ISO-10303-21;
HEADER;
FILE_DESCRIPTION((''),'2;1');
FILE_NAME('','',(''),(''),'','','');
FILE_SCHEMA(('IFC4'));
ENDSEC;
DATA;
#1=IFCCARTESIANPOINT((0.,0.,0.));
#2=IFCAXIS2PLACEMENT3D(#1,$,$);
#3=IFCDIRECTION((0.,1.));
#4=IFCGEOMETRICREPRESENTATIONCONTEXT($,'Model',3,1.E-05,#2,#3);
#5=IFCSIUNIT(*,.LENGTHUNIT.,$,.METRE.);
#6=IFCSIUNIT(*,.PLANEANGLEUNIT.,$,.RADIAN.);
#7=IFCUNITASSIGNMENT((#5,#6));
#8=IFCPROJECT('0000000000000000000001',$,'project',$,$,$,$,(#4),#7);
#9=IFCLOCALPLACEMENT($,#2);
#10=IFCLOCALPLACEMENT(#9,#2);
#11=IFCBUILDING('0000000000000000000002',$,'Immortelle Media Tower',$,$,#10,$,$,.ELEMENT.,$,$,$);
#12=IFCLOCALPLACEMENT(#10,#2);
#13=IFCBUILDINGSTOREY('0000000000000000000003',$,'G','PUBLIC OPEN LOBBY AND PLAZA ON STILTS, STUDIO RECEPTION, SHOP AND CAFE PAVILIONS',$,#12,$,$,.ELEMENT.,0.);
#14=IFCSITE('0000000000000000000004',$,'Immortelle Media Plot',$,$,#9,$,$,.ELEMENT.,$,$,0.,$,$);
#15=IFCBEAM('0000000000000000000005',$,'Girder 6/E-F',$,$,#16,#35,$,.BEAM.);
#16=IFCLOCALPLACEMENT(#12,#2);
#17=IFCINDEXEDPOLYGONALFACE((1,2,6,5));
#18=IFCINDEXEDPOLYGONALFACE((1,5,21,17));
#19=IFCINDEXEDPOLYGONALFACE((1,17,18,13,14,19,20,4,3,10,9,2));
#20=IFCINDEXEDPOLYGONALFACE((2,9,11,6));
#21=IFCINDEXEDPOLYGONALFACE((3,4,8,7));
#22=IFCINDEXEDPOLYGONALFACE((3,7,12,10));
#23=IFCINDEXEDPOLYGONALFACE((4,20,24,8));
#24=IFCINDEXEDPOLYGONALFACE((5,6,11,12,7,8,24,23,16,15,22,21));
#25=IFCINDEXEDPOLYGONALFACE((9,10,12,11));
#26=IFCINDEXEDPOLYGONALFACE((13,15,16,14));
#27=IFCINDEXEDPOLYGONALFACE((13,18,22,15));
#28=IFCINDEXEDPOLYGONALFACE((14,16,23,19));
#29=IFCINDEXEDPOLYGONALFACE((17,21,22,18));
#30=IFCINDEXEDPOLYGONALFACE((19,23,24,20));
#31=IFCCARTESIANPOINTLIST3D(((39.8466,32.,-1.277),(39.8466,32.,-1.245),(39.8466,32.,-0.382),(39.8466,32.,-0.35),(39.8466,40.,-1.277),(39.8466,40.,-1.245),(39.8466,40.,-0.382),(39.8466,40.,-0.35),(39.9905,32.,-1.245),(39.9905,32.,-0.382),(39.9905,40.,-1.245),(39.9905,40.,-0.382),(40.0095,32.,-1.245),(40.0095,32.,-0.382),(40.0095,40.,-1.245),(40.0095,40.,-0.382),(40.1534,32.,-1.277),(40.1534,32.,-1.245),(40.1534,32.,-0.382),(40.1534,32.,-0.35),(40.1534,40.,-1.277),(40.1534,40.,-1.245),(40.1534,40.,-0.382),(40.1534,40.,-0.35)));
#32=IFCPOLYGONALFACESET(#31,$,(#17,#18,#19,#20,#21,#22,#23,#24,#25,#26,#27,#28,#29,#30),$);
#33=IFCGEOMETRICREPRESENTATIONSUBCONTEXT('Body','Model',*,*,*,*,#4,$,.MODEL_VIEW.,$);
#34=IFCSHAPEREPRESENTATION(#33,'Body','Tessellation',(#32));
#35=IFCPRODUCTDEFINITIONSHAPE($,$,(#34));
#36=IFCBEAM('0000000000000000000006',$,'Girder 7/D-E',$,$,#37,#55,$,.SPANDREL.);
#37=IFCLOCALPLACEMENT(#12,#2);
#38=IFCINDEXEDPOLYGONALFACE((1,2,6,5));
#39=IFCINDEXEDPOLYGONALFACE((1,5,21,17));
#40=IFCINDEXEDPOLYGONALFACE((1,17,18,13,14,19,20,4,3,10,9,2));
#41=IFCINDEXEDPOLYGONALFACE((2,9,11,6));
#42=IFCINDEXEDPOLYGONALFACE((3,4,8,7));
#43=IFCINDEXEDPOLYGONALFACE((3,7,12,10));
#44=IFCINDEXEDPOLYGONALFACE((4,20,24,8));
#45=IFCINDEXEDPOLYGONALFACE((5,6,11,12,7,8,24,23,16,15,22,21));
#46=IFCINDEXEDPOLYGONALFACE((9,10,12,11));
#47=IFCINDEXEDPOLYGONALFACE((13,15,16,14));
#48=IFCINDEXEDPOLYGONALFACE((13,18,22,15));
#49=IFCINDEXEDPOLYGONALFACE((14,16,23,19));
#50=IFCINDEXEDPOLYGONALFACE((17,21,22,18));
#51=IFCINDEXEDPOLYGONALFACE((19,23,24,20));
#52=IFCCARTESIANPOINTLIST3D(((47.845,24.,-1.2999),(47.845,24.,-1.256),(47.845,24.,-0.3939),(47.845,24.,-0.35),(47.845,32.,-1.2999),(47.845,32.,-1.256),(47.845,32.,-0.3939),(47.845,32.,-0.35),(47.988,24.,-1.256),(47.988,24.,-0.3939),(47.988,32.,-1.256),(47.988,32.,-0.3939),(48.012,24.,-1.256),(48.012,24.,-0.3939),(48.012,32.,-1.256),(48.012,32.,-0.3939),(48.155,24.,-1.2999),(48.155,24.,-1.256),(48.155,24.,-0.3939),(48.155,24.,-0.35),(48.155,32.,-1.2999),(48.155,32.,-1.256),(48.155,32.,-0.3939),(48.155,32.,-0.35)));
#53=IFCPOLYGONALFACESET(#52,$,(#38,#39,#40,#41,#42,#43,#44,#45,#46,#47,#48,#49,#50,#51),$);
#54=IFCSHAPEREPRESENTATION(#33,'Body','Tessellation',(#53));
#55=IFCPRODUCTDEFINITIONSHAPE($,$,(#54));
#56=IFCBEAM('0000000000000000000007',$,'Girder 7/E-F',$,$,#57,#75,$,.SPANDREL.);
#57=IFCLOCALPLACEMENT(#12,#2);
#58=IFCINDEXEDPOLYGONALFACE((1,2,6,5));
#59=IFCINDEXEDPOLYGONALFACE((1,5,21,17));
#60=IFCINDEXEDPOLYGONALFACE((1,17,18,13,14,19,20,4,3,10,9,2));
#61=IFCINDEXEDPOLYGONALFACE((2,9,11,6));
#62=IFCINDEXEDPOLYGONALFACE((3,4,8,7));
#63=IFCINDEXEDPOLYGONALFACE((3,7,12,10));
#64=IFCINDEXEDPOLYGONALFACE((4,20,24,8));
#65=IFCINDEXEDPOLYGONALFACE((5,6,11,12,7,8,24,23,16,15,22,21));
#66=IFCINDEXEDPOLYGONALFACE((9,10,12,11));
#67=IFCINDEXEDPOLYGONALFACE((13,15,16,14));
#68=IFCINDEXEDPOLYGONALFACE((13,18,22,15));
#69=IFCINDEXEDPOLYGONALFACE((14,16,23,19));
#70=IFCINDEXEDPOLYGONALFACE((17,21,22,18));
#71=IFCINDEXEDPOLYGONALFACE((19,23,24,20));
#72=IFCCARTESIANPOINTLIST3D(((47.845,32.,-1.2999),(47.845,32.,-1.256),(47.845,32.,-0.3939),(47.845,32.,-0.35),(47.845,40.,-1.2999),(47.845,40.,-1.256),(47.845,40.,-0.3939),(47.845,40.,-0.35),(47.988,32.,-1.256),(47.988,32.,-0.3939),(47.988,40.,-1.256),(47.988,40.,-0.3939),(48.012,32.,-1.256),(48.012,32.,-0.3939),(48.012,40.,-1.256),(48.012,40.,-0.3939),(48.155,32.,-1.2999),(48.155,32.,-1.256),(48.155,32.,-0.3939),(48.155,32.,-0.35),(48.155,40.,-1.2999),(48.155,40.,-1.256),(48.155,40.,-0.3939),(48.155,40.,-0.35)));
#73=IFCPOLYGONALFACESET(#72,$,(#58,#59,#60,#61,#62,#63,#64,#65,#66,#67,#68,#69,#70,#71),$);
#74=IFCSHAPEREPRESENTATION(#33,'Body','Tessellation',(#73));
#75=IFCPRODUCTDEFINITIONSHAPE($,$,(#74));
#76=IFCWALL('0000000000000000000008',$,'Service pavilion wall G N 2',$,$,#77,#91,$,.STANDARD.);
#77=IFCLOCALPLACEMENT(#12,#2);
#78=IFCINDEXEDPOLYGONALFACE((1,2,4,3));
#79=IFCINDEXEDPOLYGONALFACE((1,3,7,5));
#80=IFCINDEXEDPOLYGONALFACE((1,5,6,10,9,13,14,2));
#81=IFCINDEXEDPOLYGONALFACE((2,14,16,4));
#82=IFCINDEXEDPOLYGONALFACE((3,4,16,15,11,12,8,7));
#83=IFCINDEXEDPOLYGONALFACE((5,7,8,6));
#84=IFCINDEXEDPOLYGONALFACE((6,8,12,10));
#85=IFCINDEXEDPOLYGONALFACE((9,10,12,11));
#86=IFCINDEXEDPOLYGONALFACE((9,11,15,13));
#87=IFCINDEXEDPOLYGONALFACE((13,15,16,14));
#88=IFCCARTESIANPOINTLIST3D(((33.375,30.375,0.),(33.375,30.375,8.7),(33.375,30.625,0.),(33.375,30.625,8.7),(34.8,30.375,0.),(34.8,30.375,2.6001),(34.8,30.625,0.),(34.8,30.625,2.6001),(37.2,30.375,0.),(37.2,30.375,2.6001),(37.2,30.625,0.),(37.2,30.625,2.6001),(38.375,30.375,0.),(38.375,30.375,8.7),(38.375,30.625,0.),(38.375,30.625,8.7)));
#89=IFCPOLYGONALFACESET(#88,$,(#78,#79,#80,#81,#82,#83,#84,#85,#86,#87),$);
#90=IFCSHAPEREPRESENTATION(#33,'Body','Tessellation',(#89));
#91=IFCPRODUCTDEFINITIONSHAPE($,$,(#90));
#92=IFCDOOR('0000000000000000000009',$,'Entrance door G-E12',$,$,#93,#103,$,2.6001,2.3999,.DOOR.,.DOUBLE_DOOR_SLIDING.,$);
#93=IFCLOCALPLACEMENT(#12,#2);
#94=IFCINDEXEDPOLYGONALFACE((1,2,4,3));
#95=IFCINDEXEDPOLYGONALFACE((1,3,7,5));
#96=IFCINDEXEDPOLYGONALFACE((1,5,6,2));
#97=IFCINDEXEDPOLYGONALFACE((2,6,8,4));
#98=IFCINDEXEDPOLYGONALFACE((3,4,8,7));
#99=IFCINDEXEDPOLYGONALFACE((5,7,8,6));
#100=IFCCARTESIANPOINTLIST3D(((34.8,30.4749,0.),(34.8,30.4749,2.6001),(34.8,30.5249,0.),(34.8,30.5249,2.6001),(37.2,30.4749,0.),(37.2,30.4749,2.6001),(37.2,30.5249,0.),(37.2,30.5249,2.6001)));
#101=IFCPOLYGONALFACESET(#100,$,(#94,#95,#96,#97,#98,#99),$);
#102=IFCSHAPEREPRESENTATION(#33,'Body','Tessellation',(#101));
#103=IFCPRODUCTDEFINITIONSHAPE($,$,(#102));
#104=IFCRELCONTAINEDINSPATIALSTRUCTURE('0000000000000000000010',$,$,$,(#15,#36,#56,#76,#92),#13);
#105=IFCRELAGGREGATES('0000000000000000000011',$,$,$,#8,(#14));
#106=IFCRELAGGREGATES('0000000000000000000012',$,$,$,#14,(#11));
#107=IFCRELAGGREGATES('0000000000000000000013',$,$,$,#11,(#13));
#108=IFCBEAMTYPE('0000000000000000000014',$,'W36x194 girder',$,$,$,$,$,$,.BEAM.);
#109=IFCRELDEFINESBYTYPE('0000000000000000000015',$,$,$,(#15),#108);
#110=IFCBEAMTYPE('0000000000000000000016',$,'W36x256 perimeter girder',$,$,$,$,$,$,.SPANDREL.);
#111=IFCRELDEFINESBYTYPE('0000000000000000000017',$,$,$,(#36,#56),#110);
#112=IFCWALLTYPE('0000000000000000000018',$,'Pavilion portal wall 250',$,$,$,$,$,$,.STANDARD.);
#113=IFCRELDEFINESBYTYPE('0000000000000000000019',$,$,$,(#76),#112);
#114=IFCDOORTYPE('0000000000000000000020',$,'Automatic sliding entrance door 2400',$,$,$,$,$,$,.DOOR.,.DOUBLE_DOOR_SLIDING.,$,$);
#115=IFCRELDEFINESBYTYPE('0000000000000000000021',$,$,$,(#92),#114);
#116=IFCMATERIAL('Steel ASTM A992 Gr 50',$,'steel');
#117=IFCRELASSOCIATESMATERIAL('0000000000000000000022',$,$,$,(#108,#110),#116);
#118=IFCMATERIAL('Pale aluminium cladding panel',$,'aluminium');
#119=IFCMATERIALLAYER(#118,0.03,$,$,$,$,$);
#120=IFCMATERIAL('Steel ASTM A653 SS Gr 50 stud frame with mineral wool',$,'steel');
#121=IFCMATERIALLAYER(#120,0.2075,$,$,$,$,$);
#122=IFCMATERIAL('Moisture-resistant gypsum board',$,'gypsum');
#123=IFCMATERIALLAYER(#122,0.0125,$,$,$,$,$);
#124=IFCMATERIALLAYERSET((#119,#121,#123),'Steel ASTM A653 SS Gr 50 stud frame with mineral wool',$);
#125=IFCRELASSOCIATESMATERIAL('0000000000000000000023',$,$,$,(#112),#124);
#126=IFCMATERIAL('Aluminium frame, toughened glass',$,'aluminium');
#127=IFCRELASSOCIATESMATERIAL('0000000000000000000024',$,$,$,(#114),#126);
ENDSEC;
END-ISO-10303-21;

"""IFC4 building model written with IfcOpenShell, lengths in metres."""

from ifc_helpers import new_model, si_unit, direction, frame, frame_2d, origin, origin_2d, place, context, subcontext, project, spatial, rectangle, i_section, extrude, material, layer, layer_set, material_profile, profile_set, type_object, element, fill, save


model = new_model("IFC4")

# Units and contexts
model_context = context("Model", 3, precision=1e-05, world=origin(), true_north=direction((0.0, 1.0)))
body_context = subcontext(model_context, "Body", "Model", "MODEL_VIEW")
ifc_project = project(units=[si_unit("LENGTHUNIT", "METRE"), si_unit("PLANEANGLEUNIT", "RADIAN")], contexts=[model_context])

# Site, building, storey
site_placement = place(None, origin())
site = spatial("IfcSite", under=ifc_project, at=site_placement, Name="Immortelle Media Plot", CompositionType="ELEMENT", RefElevation=0.0)
building_placement = place(site_placement, origin())
building = spatial("IfcBuilding", under=site, at=building_placement, Name="Immortelle Media Tower", CompositionType="ELEMENT")
storey_placement = place(building_placement, origin())
storey = spatial("IfcBuildingStorey", under=building, at=storey_placement, Name="G", Description="PUBLIC OPEN LOBBY AND PLAZA ON STILTS, STUDIO RECEPTION, SHOP AND CAFE PAVILIONS", CompositionType="ELEMENT", Elevation=0.0)

# Beams
ifc_material_1 = material(Name="Steel ASTM A992 Gr 50", Category="steel")
ifc_material_profile_1 = material_profile(ifc_material_1, i_section(OverallWidth=0.3069, OverallDepth=0.927, WebThickness=0.019, FlangeThickness=0.032, at=origin_2d()), Name="W36x194")
ifc_profile_set_1 = profile_set([ifc_material_profile_1], Name="Steel ASTM A992 Gr 50")
beam_type_1 = type_object("IfcBeamType", Name="W36x194 girder", PredefinedType="BEAM", material=ifc_profile_set_1)
for number, where, z_axis, x_axis, name in (
    (1, (40.0, 32.0, -0.8135), (0.0, 1.0, 0.0), (-1.0, 0.0, 0.0), "Girder 6/E-F"),
):
    element("IfcBeam", number, at=place(storey_placement, frame(where, z_axis=z_axis, x_axis=x_axis)), inside=storey, type_object=beam_type_1, Name=name, PredefinedType="BEAM", context=body_context, shape_type="SweptSolid", body=[
        extrude(i_section(OverallWidth=0.3069, OverallDepth=0.927, WebThickness=0.019, FlangeThickness=0.032, at=origin_2d()), origin(), (0.0, 0.0, 1.0), 8.0),
    ])
ifc_material_profile_2 = material_profile(ifc_material_1, i_section(OverallWidth=0.3101, OverallDepth=0.95, WebThickness=0.0239, FlangeThickness=0.0439, at=origin_2d()), Name="W36x256")
ifc_profile_set_2 = profile_set([ifc_material_profile_2], Name="Steel ASTM A992 Gr 50")
beam_type_2 = type_object("IfcBeamType", Name="W36x256 perimeter girder", PredefinedType="SPANDREL", material=ifc_profile_set_2)
for number, where, z_axis, x_axis, name in (
    (2, (48.0, 24.0, -0.825), (0.0, 1.0, 0.0), (-1.0, 0.0, 0.0), "Girder 7/D-E"),
    (3, (48.0, 32.0, -0.825), (0.0, 1.0, 0.0), (-1.0, 0.0, 0.0), "Girder 7/E-F"),
):
    element("IfcBeam", number, at=place(storey_placement, frame(where, z_axis=z_axis, x_axis=x_axis)), inside=storey, type_object=beam_type_2, Name=name, PredefinedType="SPANDREL", context=body_context, shape_type="SweptSolid", body=[
        extrude(i_section(OverallWidth=0.3101, OverallDepth=0.95, WebThickness=0.0239, FlangeThickness=0.0439, at=origin_2d()), origin(), (0.0, 0.0, 1.0), 8.0),
    ])

# Wall, opening, door
ifc_material_2 = material(Name="Pale aluminium cladding panel", Category="aluminium")
ifc_layer_1 = layer(ifc_material_2, 0.03)
ifc_material_3 = material(Name="Steel ASTM A653 SS Gr 50 stud frame with mineral wool", Category="steel")
ifc_layer_2 = layer(ifc_material_3, 0.2075)
ifc_material_4 = material(Name="Moisture-resistant gypsum board", Category="gypsum")
ifc_layer_3 = layer(ifc_material_4, 0.0125)
ifc_layer_set_1 = layer_set([ifc_layer_1, ifc_layer_2, ifc_layer_3], Name="Steel ASTM A653 SS Gr 50 stud frame with mineral wool")
wall_type_1 = type_object("IfcWallType", Name="Pavilion portal wall 250", PredefinedType="STANDARD", material=ifc_layer_set_1)
wall_1_placement = place(storey_placement, frame((38.375, 30.5, 0.0), z_axis=(0.0, 0.0, 1.0), x_axis=(-1.0, 0.0, 0.0)))
wall_1 = element("IfcWall", 4, at=wall_1_placement, inside=storey, type_object=wall_type_1, Name="Service pavilion wall G N 2", PredefinedType="STANDARD", context=body_context, shape_type="SweptSolid", body=[
    extrude(rectangle(XDim=5.0, YDim=0.25, at=frame_2d((2.5, 0.0))), origin(), (0.0, 0.0, 1.0), 8.7),
])
opening_1_placement = place(wall_1_placement, frame((3.575, 0.0, 0.0), z_axis=(0.0, 0.0, 1.0), x_axis=(-1.0, 0.0, 0.0)))
opening_1 = element("IfcOpeningElement", 5, at=opening_1_placement, cuts=wall_1, PredefinedType="OPENING", context=body_context, shape_type="SweptSolid", body=[
    extrude(rectangle(XDim=2.3999, YDim=2.6001, at=frame_2d((1.2, 1.3))), frame((0.0, 0.135, 0.0), z_axis=(0.0, -1.0, 0.0), x_axis=(1.0, 0.0, 0.0)), (0.0, 0.0, 1.0), 0.27),
])
ifc_material_5 = material(Name="Aluminium frame, toughened glass", Category="aluminium")
door_type = type_object("IfcDoorType", Name="Automatic sliding entrance door 2400", OperationType="DOUBLE_DOOR_SLIDING", PredefinedType="DOOR", material=ifc_material_5)
door_1_placement = place(opening_1_placement, origin())
door_1 = element("IfcDoor", 6, at=door_1_placement, inside=storey, type_object=door_type, Name="Entrance door G-E12", OperationType="DOUBLE_DOOR_SLIDING", OverallHeight=2.6001, OverallWidth=2.3999, PredefinedType="DOOR", context=body_context, shape_type="SweptSolid", body=[
    extrude(rectangle(XDim=2.3999, YDim=2.6001, at=frame_2d((1.2, 1.3))), frame((0.0, 0.0249, 0.0), z_axis=(0.0, -1.0, 0.0), x_axis=(1.0, 0.0, 0.0)), (0.0, 0.0, 1.0), 0.05),
])
fill(opening_1, door_1)

save(model, "model.ifc")
